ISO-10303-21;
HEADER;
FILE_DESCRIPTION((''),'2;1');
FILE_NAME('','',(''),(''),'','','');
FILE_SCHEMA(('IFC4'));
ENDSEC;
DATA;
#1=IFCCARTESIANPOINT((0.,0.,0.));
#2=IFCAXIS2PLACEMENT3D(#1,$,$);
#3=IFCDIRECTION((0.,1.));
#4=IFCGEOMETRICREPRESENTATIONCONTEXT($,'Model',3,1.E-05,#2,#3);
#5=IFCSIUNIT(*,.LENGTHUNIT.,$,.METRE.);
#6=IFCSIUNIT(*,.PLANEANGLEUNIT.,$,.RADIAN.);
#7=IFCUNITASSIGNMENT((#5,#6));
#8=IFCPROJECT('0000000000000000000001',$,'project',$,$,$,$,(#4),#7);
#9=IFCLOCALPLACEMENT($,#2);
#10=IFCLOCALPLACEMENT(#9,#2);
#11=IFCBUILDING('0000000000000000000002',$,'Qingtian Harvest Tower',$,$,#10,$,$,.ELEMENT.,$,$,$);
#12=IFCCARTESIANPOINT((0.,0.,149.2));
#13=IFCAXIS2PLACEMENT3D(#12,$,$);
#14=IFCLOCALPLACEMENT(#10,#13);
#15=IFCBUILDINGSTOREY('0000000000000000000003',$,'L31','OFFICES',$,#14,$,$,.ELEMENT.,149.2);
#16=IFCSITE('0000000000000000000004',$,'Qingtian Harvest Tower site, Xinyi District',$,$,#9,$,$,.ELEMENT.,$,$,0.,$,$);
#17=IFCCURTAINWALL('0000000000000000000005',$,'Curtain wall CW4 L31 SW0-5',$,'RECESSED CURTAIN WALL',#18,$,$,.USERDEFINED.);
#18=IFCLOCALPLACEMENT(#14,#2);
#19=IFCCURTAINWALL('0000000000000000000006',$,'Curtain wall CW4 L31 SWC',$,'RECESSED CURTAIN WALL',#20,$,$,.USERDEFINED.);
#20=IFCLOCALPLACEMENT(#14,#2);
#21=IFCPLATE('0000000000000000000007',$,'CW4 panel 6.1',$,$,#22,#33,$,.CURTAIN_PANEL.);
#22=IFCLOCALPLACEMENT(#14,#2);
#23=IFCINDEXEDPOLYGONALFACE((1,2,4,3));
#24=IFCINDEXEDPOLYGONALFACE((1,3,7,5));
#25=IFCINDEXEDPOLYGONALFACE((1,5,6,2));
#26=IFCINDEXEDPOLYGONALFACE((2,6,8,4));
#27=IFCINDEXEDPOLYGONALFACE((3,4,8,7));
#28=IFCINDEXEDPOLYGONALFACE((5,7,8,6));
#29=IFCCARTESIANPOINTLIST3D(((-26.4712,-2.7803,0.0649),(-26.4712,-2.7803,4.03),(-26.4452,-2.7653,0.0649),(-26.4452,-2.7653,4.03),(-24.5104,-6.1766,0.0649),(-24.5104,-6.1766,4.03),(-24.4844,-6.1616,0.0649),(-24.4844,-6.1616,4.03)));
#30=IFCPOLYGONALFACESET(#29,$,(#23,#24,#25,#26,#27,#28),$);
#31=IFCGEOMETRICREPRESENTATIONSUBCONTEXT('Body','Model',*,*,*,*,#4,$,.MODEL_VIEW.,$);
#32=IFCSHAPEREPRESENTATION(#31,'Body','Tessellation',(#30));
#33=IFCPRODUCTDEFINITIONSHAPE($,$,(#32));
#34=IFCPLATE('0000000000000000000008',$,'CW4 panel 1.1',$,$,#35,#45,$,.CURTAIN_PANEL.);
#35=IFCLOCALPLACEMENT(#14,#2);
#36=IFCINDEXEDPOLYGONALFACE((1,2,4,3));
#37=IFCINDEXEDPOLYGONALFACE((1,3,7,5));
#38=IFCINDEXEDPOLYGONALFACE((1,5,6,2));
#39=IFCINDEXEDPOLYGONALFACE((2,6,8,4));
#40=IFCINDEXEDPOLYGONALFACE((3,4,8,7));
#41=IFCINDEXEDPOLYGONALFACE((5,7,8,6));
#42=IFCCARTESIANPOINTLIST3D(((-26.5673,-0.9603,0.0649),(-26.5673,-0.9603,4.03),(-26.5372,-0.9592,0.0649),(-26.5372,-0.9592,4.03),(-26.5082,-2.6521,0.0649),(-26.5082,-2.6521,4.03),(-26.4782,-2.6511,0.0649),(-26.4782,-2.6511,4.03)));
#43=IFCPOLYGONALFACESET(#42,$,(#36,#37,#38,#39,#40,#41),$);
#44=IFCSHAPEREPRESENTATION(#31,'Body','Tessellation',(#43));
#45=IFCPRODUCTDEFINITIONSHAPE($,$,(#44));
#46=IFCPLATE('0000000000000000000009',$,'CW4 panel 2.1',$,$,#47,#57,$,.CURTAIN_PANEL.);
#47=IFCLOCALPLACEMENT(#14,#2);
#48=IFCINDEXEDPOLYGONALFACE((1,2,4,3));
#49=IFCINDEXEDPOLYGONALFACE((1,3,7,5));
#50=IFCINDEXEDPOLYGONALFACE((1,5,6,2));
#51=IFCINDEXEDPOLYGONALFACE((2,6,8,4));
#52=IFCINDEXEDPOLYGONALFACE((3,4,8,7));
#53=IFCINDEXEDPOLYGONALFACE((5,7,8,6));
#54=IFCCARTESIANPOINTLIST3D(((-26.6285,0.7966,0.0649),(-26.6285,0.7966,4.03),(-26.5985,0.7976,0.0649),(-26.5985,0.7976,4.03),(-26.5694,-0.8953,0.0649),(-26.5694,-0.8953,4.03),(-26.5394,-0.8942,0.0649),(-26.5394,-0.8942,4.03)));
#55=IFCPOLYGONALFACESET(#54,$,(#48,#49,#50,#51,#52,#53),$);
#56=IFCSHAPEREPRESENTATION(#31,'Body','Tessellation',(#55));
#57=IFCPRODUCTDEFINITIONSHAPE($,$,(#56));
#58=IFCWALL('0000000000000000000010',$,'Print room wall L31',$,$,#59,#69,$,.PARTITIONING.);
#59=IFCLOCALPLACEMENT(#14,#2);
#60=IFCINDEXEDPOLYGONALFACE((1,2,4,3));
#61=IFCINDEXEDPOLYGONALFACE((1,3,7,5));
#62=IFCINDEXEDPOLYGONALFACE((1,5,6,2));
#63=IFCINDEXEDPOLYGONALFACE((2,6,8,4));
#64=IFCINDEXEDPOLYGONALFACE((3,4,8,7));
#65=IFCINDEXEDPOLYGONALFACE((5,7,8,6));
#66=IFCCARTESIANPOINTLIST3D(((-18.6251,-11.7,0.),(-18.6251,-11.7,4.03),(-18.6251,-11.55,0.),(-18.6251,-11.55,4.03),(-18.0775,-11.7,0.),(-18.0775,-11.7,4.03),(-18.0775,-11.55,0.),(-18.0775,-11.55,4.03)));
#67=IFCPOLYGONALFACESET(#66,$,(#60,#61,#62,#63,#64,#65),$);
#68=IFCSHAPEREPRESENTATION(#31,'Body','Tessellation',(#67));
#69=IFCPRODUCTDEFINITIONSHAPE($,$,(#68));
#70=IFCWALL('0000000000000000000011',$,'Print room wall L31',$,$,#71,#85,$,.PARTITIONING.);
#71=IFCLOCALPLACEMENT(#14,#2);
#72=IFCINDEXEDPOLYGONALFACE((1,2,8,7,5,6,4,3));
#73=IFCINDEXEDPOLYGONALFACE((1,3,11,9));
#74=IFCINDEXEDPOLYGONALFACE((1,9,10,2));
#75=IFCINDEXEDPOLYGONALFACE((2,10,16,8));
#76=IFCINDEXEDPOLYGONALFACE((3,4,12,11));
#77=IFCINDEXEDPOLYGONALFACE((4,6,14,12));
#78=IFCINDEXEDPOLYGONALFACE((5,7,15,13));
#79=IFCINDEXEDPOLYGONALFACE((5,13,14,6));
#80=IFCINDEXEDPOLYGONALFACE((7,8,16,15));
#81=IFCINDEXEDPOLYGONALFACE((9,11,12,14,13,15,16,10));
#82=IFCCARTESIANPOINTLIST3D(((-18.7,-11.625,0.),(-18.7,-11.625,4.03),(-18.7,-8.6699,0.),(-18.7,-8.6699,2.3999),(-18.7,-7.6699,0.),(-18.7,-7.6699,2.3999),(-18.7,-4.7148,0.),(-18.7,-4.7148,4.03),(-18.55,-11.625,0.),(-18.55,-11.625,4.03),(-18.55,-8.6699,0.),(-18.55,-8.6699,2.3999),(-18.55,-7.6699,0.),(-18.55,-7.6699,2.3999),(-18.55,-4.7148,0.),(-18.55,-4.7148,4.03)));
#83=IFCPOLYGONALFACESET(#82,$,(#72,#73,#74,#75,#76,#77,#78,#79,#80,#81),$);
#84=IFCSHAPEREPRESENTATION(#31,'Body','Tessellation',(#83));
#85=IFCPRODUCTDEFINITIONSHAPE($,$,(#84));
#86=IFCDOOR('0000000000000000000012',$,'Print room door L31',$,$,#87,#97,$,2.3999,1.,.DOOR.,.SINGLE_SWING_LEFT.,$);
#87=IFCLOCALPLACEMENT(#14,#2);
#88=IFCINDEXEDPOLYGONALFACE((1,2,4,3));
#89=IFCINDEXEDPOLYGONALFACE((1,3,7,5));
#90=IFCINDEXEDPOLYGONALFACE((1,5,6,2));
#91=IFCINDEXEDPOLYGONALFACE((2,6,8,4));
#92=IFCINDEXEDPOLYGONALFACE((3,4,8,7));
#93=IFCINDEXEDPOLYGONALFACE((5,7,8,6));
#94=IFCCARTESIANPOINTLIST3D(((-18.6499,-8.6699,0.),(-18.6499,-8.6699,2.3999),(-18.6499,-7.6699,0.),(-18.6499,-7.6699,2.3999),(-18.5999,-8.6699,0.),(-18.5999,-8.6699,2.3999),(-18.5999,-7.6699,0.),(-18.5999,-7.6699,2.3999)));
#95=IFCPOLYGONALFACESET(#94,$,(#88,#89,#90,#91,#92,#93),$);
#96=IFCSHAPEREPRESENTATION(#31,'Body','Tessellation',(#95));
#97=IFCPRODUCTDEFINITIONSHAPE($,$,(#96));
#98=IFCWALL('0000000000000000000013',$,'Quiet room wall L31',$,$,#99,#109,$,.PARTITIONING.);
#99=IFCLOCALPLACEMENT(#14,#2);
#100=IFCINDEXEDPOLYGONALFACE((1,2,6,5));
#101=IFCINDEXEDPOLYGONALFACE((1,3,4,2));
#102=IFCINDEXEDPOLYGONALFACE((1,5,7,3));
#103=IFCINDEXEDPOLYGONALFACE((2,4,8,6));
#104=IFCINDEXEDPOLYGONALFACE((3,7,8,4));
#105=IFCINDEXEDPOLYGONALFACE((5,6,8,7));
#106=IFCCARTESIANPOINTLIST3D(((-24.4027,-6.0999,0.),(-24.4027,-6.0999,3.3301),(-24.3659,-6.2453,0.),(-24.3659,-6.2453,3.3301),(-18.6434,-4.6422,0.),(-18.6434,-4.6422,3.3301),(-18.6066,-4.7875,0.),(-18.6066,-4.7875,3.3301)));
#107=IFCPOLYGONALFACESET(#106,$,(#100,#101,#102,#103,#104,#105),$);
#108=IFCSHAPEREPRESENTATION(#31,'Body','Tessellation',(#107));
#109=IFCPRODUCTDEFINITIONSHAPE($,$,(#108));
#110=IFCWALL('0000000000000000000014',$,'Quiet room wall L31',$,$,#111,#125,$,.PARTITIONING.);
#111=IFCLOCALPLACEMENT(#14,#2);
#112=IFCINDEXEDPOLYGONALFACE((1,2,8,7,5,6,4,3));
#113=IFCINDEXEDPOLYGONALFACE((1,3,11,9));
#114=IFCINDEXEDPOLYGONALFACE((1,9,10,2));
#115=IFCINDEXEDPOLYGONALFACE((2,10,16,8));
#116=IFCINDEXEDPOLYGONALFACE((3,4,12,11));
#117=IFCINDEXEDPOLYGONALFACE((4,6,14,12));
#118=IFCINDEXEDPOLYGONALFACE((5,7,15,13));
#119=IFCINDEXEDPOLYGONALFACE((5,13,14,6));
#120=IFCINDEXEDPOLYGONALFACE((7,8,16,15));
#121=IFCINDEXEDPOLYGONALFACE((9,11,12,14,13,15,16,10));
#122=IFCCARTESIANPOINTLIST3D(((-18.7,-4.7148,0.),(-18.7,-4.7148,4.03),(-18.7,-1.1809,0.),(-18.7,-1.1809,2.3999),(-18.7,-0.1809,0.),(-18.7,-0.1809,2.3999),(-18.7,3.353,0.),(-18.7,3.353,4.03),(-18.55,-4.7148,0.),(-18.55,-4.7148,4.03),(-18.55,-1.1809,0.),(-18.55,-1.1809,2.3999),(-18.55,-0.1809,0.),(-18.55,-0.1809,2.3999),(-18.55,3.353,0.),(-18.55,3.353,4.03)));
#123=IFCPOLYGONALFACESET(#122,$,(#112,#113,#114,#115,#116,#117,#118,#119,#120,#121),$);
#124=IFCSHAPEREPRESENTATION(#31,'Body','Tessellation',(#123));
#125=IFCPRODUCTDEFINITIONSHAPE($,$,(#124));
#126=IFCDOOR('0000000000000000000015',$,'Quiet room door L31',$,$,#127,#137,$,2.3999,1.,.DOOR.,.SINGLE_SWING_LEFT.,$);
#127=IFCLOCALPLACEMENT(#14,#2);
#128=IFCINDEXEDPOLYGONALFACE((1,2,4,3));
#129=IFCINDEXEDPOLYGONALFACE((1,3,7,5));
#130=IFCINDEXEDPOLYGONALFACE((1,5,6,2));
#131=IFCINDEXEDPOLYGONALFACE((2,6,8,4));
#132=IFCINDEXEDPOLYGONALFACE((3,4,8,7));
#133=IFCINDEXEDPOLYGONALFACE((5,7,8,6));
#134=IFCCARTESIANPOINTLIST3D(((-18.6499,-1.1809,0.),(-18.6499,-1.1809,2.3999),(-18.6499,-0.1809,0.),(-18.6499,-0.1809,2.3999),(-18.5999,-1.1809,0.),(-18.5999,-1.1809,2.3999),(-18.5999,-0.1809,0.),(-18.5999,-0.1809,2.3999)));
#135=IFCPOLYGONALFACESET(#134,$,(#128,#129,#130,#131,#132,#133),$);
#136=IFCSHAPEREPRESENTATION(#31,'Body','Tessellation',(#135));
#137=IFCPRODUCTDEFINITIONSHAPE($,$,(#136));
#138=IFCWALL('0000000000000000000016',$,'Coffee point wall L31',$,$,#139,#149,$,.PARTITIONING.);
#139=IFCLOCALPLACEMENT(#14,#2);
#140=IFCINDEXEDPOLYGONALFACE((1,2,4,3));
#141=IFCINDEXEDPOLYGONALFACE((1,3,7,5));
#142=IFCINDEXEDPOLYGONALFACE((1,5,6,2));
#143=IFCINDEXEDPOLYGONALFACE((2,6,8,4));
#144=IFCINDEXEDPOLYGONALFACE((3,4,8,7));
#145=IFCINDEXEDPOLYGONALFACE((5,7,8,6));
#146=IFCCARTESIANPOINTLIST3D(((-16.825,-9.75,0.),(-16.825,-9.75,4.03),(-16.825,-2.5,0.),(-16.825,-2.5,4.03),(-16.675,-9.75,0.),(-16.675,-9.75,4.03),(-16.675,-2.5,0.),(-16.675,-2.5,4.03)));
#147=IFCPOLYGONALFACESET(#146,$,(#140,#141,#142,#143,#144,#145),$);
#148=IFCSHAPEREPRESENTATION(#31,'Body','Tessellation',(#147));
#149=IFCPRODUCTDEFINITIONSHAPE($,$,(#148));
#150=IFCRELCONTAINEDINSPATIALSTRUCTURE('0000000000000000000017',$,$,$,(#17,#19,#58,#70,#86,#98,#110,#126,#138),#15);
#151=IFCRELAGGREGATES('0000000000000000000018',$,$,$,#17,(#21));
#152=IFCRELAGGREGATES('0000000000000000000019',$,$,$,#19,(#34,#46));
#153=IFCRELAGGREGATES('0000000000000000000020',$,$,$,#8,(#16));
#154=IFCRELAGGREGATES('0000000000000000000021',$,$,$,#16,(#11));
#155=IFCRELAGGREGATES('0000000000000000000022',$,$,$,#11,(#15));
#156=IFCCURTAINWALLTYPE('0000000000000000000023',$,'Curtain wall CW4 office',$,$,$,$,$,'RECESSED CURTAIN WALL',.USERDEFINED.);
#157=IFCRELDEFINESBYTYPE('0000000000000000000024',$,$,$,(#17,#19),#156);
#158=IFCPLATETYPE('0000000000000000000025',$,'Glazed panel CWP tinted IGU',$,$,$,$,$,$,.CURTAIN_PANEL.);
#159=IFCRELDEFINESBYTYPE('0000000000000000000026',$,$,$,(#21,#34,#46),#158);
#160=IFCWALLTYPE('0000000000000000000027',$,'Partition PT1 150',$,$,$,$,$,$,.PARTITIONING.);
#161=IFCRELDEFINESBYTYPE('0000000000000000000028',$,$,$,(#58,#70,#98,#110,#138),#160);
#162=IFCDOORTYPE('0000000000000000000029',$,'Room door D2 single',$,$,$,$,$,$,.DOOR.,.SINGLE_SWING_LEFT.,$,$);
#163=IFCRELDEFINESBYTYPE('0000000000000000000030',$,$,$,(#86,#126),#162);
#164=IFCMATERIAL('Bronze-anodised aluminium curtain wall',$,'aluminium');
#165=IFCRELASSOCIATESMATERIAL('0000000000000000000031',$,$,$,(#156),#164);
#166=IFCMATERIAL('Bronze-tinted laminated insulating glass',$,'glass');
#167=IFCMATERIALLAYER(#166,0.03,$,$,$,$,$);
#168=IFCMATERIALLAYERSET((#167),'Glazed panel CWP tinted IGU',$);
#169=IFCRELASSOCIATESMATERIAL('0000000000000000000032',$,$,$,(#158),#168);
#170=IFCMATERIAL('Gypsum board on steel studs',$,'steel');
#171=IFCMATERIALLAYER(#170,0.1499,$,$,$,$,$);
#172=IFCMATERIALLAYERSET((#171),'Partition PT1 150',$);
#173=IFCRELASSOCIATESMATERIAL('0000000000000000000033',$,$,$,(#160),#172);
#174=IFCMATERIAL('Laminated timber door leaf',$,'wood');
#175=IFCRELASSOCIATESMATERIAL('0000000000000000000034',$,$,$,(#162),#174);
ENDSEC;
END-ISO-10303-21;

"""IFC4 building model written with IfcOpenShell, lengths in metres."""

from ifc_helpers import new_model, si_unit, direction, frame, frame_2d, origin, origin_2d, place, context, subcontext, project, spatial, rectangle, extrude, material, layer, layer_set, type_object, element, fill, aggregate, save


model = new_model("IFC4")

# Units and contexts
model_context = context("Model", 3, precision=1e-05, world=origin(), true_north=direction((0.0, 1.0)))
body_context = subcontext(model_context, "Body", "Model", "MODEL_VIEW")
ifc_project = project(units=[si_unit("LENGTHUNIT", "METRE"), si_unit("PLANEANGLEUNIT", "RADIAN")], contexts=[model_context])

# Site, building, storey
site_placement = place(None, origin())
site = spatial("IfcSite", under=ifc_project, at=site_placement, Name="Qingtian Harvest Tower site, Xinyi District", CompositionType="ELEMENT", RefElevation=0.0)
building_placement = place(site_placement, origin())
building = spatial("IfcBuilding", under=site, at=building_placement, Name="Qingtian Harvest Tower", CompositionType="ELEMENT")
storey_placement = place(building_placement, frame((0.0, 0.0, 149.2)))
storey = spatial("IfcBuildingStorey", under=building, at=storey_placement, Name="L31", Description="OFFICES", CompositionType="ELEMENT", Elevation=149.2)

# Curtain walls
ifc_material_1 = material(Name="Bronze-anodised aluminium curtain wall", Category="aluminium")
curtain_wall_type = type_object("IfcCurtainWallType", Name="Curtain wall CW4 office", ElementType="RECESSED CURTAIN WALL", PredefinedType="USERDEFINED", material=ifc_material_1)
curtain_wall_1_placement = place(storey_placement, origin())
curtain_wall_1 = element("IfcCurtainWall", 1, at=curtain_wall_1_placement, inside=storey, type_object=curtain_wall_type, Name="Curtain wall CW4 L31 SW0-5", ObjectType="RECESSED CURTAIN WALL", PredefinedType="USERDEFINED")
curtain_wall_2_placement = place(storey_placement, origin())
curtain_wall_2 = element("IfcCurtainWall", 2, at=curtain_wall_2_placement, inside=storey, type_object=curtain_wall_type, Name="Curtain wall CW4 L31 SWC", ObjectType="RECESSED CURTAIN WALL", PredefinedType="USERDEFINED")

# Plates
ifc_material_2 = material(Name="Bronze-tinted laminated insulating glass", Category="glass")
ifc_layer_1 = layer(ifc_material_2, 0.03)
ifc_layer_set_1 = layer_set([ifc_layer_1], Name="Glazed panel CWP tinted IGU")
plate_type = type_object("IfcPlateType", Name="Glazed panel CWP tinted IGU", PredefinedType="CURTAIN_PANEL", material=ifc_layer_set_1)
plate_1_placement = place(storey_placement, frame((-25.4778, -4.4709, 0.0649), z_axis=(0.0, 0.0, 1.0), x_axis=(-0.5, 0.866025, 0.0)))
plate_1 = element("IfcPlate", 3, at=plate_1_placement, type_object=plate_type, Name="CW4 panel 6.1", PredefinedType="CURTAIN_PANEL", context=body_context, shape_type="SweptSolid", body=[
    extrude(rectangle(XDim=3.9216, YDim=0.03, at=origin_2d()), origin(), (0.0, 0.0, 1.0), 3.9651),
])
aggregate(curtain_wall_1, [plate_1])
plate_2_placement = place(storey_placement, frame((-26.5227, -1.8057, 0.0649), z_axis=(0.0, 0.0, 1.0), x_axis=(-0.034899, 0.999391, 0.0)))
plate_2 = element("IfcPlate", 4, at=plate_2_placement, type_object=plate_type, Name="CW4 panel 1.1", PredefinedType="CURTAIN_PANEL", context=body_context, shape_type="SweptSolid", body=[
    extrude(rectangle(XDim=1.6929, YDim=0.03, at=origin_2d()), origin(), (0.0, 0.0, 1.0), 3.9651),
])
plate_3_placement = place(storey_placement, frame((-26.584, -0.0488, 0.0649), z_axis=(0.0, 0.0, 1.0), x_axis=(-0.034899, 0.999391, 0.0)))
plate_3 = element("IfcPlate", 5, at=plate_3_placement, type_object=plate_type, Name="CW4 panel 2.1", PredefinedType="CURTAIN_PANEL", context=body_context, shape_type="SweptSolid", body=[
    extrude(rectangle(XDim=1.6929, YDim=0.03, at=origin_2d()), origin(), (0.0, 0.0, 1.0), 3.9651),
])
aggregate(curtain_wall_2, [plate_2, plate_3])

# Wall
ifc_material_3 = material(Name="Gypsum board on steel studs", Category="steel")
ifc_layer_2 = layer(ifc_material_3, 0.1499)
ifc_layer_set_2 = layer_set([ifc_layer_2], Name="Partition PT1 150")
wall_type = type_object("IfcWallType", Name="Partition PT1 150", PredefinedType="PARTITIONING", material=ifc_layer_set_2)
wall_1_placement = place(storey_placement, frame((-18.0774, -11.625, 0.0), z_axis=(0.0, 0.0, 1.0), x_axis=(-1.0, 0.0, 0.0)))
element("IfcWall", 6, at=wall_1_placement, inside=storey, type_object=wall_type, Name="Print room wall L31", PredefinedType="PARTITIONING", context=body_context, shape_type="SweptSolid", body=[
    extrude(rectangle(XDim=0.5476, YDim=0.1499, at=frame_2d((0.2739, 0.0))), origin(), (0.0, 0.0, 1.0), 4.03),
])

# Wall, opening, door
wall_2_placement = place(storey_placement, frame((-18.625, -11.625, 0.0), z_axis=(0.0, 0.0, 1.0), x_axis=(0.0, 1.0, 0.0)))
wall_2 = element("IfcWall", 7, at=wall_2_placement, inside=storey, type_object=wall_type, Name="Print room wall L31", PredefinedType="PARTITIONING", context=body_context, shape_type="SweptSolid", body=[
    extrude(rectangle(XDim=6.9102, YDim=0.1499, at=frame_2d((3.4551, 0.0))), origin(), (0.0, 0.0, 1.0), 4.03),
])
opening_1_placement = place(wall_2_placement, frame((2.9551, 0.0, 0.0)))
opening_1 = element("IfcOpeningElement", 8, at=opening_1_placement, cuts=wall_2, PredefinedType="OPENING", context=body_context, shape_type="SweptSolid", body=[
    extrude(rectangle(XDim=1.0, YDim=2.3999, at=frame_2d((0.5, 1.2))), frame((0.0, 0.085, 0.0), z_axis=(0.0, -1.0, 0.0), x_axis=(1.0, 0.0, 0.0)), (0.0, 0.0, 1.0), 0.1699),
])
ifc_material_4 = material(Name="Laminated timber door leaf", Category="wood")
door_type = type_object("IfcDoorType", Name="Room door D2 single", OperationType="SINGLE_SWING_LEFT", PredefinedType="DOOR", material=ifc_material_4)
door_1_placement = place(opening_1_placement, origin())
door_1 = element("IfcDoor", 9, at=door_1_placement, inside=storey, type_object=door_type, Name="Print room door L31", OperationType="SINGLE_SWING_LEFT", OverallHeight=2.3999, OverallWidth=1.0, PredefinedType="DOOR", context=body_context, shape_type="SweptSolid", body=[
    extrude(rectangle(XDim=1.0, YDim=2.3999, at=frame_2d((0.5, 1.2))), frame((0.0, 0.0249, 0.0), z_axis=(0.0, -1.0, 0.0), x_axis=(1.0, 0.0, 0.0)), (0.0, 0.0, 1.0), 0.05),
])
fill(opening_1, door_1)

# Wall
wall_3_placement = place(storey_placement, frame((-24.3843, -6.1726, 0.0), z_axis=(0.0, 0.0, 1.0), x_axis=(0.969428, 0.245377, 0.0)))
element("IfcWall", 10, at=wall_3_placement, inside=storey, type_object=wall_type, Name="Quiet room wall L31", PredefinedType="PARTITIONING", context=body_context, shape_type="SweptSolid", body=[
    extrude(rectangle(XDim=5.9409, YDim=0.1499, at=frame_2d((2.9705, 0.0))), origin(), (0.0, 0.0, 1.0), 3.3301),
])

# Wall, opening, door
wall_4_placement = place(storey_placement, frame((-18.625, -4.7148, 0.0), z_axis=(0.0, 0.0, 1.0), x_axis=(0.0, 1.0, 0.0)))
wall_4 = element("IfcWall", 11, at=wall_4_placement, inside=storey, type_object=wall_type, Name="Quiet room wall L31", PredefinedType="PARTITIONING", context=body_context, shape_type="SweptSolid", body=[
    extrude(rectangle(XDim=8.0679, YDim=0.1499, at=frame_2d((4.0339, 0.0))), origin(), (0.0, 0.0, 1.0), 4.03),
])
opening_2_placement = place(wall_4_placement, frame((3.5339, 0.0, 0.0)))
opening_2 = element("IfcOpeningElement", 12, at=opening_2_placement, cuts=wall_4, PredefinedType="OPENING", context=body_context, shape_type="SweptSolid", body=[
    extrude(rectangle(XDim=1.0, YDim=2.3999, at=frame_2d((0.5, 1.2))), frame((0.0, 0.085, 0.0), z_axis=(0.0, -1.0, 0.0), x_axis=(1.0, 0.0, 0.0)), (0.0, 0.0, 1.0), 0.1699),
])
door_2_placement = place(opening_2_placement, origin())
door_2 = element("IfcDoor", 13, at=door_2_placement, inside=storey, type_object=door_type, Name="Quiet room door L31", OperationType="SINGLE_SWING_LEFT", OverallHeight=2.3999, OverallWidth=1.0, PredefinedType="DOOR", context=body_context, shape_type="SweptSolid", body=[
    extrude(rectangle(XDim=1.0, YDim=2.3999, at=frame_2d((0.5, 1.2))), frame((0.0, 0.0249, 0.0), z_axis=(0.0, -1.0, 0.0), x_axis=(1.0, 0.0, 0.0)), (0.0, 0.0, 1.0), 0.05),
])
fill(opening_2, door_2)

# Wall
wall_5_placement = place(storey_placement, frame((-16.75, -9.75, 0.0), z_axis=(0.0, 0.0, 1.0), x_axis=(0.0, 1.0, 0.0)))
element("IfcWall", 14, at=wall_5_placement, inside=storey, type_object=wall_type, Name="Coffee point wall L31", PredefinedType="PARTITIONING", context=body_context, shape_type="SweptSolid", body=[
    extrude(rectangle(XDim=7.25, YDim=0.1499, at=frame_2d((3.625, 0.0))), origin(), (0.0, 0.0, 1.0), 4.03),
])

save(model, "model.ifc")
